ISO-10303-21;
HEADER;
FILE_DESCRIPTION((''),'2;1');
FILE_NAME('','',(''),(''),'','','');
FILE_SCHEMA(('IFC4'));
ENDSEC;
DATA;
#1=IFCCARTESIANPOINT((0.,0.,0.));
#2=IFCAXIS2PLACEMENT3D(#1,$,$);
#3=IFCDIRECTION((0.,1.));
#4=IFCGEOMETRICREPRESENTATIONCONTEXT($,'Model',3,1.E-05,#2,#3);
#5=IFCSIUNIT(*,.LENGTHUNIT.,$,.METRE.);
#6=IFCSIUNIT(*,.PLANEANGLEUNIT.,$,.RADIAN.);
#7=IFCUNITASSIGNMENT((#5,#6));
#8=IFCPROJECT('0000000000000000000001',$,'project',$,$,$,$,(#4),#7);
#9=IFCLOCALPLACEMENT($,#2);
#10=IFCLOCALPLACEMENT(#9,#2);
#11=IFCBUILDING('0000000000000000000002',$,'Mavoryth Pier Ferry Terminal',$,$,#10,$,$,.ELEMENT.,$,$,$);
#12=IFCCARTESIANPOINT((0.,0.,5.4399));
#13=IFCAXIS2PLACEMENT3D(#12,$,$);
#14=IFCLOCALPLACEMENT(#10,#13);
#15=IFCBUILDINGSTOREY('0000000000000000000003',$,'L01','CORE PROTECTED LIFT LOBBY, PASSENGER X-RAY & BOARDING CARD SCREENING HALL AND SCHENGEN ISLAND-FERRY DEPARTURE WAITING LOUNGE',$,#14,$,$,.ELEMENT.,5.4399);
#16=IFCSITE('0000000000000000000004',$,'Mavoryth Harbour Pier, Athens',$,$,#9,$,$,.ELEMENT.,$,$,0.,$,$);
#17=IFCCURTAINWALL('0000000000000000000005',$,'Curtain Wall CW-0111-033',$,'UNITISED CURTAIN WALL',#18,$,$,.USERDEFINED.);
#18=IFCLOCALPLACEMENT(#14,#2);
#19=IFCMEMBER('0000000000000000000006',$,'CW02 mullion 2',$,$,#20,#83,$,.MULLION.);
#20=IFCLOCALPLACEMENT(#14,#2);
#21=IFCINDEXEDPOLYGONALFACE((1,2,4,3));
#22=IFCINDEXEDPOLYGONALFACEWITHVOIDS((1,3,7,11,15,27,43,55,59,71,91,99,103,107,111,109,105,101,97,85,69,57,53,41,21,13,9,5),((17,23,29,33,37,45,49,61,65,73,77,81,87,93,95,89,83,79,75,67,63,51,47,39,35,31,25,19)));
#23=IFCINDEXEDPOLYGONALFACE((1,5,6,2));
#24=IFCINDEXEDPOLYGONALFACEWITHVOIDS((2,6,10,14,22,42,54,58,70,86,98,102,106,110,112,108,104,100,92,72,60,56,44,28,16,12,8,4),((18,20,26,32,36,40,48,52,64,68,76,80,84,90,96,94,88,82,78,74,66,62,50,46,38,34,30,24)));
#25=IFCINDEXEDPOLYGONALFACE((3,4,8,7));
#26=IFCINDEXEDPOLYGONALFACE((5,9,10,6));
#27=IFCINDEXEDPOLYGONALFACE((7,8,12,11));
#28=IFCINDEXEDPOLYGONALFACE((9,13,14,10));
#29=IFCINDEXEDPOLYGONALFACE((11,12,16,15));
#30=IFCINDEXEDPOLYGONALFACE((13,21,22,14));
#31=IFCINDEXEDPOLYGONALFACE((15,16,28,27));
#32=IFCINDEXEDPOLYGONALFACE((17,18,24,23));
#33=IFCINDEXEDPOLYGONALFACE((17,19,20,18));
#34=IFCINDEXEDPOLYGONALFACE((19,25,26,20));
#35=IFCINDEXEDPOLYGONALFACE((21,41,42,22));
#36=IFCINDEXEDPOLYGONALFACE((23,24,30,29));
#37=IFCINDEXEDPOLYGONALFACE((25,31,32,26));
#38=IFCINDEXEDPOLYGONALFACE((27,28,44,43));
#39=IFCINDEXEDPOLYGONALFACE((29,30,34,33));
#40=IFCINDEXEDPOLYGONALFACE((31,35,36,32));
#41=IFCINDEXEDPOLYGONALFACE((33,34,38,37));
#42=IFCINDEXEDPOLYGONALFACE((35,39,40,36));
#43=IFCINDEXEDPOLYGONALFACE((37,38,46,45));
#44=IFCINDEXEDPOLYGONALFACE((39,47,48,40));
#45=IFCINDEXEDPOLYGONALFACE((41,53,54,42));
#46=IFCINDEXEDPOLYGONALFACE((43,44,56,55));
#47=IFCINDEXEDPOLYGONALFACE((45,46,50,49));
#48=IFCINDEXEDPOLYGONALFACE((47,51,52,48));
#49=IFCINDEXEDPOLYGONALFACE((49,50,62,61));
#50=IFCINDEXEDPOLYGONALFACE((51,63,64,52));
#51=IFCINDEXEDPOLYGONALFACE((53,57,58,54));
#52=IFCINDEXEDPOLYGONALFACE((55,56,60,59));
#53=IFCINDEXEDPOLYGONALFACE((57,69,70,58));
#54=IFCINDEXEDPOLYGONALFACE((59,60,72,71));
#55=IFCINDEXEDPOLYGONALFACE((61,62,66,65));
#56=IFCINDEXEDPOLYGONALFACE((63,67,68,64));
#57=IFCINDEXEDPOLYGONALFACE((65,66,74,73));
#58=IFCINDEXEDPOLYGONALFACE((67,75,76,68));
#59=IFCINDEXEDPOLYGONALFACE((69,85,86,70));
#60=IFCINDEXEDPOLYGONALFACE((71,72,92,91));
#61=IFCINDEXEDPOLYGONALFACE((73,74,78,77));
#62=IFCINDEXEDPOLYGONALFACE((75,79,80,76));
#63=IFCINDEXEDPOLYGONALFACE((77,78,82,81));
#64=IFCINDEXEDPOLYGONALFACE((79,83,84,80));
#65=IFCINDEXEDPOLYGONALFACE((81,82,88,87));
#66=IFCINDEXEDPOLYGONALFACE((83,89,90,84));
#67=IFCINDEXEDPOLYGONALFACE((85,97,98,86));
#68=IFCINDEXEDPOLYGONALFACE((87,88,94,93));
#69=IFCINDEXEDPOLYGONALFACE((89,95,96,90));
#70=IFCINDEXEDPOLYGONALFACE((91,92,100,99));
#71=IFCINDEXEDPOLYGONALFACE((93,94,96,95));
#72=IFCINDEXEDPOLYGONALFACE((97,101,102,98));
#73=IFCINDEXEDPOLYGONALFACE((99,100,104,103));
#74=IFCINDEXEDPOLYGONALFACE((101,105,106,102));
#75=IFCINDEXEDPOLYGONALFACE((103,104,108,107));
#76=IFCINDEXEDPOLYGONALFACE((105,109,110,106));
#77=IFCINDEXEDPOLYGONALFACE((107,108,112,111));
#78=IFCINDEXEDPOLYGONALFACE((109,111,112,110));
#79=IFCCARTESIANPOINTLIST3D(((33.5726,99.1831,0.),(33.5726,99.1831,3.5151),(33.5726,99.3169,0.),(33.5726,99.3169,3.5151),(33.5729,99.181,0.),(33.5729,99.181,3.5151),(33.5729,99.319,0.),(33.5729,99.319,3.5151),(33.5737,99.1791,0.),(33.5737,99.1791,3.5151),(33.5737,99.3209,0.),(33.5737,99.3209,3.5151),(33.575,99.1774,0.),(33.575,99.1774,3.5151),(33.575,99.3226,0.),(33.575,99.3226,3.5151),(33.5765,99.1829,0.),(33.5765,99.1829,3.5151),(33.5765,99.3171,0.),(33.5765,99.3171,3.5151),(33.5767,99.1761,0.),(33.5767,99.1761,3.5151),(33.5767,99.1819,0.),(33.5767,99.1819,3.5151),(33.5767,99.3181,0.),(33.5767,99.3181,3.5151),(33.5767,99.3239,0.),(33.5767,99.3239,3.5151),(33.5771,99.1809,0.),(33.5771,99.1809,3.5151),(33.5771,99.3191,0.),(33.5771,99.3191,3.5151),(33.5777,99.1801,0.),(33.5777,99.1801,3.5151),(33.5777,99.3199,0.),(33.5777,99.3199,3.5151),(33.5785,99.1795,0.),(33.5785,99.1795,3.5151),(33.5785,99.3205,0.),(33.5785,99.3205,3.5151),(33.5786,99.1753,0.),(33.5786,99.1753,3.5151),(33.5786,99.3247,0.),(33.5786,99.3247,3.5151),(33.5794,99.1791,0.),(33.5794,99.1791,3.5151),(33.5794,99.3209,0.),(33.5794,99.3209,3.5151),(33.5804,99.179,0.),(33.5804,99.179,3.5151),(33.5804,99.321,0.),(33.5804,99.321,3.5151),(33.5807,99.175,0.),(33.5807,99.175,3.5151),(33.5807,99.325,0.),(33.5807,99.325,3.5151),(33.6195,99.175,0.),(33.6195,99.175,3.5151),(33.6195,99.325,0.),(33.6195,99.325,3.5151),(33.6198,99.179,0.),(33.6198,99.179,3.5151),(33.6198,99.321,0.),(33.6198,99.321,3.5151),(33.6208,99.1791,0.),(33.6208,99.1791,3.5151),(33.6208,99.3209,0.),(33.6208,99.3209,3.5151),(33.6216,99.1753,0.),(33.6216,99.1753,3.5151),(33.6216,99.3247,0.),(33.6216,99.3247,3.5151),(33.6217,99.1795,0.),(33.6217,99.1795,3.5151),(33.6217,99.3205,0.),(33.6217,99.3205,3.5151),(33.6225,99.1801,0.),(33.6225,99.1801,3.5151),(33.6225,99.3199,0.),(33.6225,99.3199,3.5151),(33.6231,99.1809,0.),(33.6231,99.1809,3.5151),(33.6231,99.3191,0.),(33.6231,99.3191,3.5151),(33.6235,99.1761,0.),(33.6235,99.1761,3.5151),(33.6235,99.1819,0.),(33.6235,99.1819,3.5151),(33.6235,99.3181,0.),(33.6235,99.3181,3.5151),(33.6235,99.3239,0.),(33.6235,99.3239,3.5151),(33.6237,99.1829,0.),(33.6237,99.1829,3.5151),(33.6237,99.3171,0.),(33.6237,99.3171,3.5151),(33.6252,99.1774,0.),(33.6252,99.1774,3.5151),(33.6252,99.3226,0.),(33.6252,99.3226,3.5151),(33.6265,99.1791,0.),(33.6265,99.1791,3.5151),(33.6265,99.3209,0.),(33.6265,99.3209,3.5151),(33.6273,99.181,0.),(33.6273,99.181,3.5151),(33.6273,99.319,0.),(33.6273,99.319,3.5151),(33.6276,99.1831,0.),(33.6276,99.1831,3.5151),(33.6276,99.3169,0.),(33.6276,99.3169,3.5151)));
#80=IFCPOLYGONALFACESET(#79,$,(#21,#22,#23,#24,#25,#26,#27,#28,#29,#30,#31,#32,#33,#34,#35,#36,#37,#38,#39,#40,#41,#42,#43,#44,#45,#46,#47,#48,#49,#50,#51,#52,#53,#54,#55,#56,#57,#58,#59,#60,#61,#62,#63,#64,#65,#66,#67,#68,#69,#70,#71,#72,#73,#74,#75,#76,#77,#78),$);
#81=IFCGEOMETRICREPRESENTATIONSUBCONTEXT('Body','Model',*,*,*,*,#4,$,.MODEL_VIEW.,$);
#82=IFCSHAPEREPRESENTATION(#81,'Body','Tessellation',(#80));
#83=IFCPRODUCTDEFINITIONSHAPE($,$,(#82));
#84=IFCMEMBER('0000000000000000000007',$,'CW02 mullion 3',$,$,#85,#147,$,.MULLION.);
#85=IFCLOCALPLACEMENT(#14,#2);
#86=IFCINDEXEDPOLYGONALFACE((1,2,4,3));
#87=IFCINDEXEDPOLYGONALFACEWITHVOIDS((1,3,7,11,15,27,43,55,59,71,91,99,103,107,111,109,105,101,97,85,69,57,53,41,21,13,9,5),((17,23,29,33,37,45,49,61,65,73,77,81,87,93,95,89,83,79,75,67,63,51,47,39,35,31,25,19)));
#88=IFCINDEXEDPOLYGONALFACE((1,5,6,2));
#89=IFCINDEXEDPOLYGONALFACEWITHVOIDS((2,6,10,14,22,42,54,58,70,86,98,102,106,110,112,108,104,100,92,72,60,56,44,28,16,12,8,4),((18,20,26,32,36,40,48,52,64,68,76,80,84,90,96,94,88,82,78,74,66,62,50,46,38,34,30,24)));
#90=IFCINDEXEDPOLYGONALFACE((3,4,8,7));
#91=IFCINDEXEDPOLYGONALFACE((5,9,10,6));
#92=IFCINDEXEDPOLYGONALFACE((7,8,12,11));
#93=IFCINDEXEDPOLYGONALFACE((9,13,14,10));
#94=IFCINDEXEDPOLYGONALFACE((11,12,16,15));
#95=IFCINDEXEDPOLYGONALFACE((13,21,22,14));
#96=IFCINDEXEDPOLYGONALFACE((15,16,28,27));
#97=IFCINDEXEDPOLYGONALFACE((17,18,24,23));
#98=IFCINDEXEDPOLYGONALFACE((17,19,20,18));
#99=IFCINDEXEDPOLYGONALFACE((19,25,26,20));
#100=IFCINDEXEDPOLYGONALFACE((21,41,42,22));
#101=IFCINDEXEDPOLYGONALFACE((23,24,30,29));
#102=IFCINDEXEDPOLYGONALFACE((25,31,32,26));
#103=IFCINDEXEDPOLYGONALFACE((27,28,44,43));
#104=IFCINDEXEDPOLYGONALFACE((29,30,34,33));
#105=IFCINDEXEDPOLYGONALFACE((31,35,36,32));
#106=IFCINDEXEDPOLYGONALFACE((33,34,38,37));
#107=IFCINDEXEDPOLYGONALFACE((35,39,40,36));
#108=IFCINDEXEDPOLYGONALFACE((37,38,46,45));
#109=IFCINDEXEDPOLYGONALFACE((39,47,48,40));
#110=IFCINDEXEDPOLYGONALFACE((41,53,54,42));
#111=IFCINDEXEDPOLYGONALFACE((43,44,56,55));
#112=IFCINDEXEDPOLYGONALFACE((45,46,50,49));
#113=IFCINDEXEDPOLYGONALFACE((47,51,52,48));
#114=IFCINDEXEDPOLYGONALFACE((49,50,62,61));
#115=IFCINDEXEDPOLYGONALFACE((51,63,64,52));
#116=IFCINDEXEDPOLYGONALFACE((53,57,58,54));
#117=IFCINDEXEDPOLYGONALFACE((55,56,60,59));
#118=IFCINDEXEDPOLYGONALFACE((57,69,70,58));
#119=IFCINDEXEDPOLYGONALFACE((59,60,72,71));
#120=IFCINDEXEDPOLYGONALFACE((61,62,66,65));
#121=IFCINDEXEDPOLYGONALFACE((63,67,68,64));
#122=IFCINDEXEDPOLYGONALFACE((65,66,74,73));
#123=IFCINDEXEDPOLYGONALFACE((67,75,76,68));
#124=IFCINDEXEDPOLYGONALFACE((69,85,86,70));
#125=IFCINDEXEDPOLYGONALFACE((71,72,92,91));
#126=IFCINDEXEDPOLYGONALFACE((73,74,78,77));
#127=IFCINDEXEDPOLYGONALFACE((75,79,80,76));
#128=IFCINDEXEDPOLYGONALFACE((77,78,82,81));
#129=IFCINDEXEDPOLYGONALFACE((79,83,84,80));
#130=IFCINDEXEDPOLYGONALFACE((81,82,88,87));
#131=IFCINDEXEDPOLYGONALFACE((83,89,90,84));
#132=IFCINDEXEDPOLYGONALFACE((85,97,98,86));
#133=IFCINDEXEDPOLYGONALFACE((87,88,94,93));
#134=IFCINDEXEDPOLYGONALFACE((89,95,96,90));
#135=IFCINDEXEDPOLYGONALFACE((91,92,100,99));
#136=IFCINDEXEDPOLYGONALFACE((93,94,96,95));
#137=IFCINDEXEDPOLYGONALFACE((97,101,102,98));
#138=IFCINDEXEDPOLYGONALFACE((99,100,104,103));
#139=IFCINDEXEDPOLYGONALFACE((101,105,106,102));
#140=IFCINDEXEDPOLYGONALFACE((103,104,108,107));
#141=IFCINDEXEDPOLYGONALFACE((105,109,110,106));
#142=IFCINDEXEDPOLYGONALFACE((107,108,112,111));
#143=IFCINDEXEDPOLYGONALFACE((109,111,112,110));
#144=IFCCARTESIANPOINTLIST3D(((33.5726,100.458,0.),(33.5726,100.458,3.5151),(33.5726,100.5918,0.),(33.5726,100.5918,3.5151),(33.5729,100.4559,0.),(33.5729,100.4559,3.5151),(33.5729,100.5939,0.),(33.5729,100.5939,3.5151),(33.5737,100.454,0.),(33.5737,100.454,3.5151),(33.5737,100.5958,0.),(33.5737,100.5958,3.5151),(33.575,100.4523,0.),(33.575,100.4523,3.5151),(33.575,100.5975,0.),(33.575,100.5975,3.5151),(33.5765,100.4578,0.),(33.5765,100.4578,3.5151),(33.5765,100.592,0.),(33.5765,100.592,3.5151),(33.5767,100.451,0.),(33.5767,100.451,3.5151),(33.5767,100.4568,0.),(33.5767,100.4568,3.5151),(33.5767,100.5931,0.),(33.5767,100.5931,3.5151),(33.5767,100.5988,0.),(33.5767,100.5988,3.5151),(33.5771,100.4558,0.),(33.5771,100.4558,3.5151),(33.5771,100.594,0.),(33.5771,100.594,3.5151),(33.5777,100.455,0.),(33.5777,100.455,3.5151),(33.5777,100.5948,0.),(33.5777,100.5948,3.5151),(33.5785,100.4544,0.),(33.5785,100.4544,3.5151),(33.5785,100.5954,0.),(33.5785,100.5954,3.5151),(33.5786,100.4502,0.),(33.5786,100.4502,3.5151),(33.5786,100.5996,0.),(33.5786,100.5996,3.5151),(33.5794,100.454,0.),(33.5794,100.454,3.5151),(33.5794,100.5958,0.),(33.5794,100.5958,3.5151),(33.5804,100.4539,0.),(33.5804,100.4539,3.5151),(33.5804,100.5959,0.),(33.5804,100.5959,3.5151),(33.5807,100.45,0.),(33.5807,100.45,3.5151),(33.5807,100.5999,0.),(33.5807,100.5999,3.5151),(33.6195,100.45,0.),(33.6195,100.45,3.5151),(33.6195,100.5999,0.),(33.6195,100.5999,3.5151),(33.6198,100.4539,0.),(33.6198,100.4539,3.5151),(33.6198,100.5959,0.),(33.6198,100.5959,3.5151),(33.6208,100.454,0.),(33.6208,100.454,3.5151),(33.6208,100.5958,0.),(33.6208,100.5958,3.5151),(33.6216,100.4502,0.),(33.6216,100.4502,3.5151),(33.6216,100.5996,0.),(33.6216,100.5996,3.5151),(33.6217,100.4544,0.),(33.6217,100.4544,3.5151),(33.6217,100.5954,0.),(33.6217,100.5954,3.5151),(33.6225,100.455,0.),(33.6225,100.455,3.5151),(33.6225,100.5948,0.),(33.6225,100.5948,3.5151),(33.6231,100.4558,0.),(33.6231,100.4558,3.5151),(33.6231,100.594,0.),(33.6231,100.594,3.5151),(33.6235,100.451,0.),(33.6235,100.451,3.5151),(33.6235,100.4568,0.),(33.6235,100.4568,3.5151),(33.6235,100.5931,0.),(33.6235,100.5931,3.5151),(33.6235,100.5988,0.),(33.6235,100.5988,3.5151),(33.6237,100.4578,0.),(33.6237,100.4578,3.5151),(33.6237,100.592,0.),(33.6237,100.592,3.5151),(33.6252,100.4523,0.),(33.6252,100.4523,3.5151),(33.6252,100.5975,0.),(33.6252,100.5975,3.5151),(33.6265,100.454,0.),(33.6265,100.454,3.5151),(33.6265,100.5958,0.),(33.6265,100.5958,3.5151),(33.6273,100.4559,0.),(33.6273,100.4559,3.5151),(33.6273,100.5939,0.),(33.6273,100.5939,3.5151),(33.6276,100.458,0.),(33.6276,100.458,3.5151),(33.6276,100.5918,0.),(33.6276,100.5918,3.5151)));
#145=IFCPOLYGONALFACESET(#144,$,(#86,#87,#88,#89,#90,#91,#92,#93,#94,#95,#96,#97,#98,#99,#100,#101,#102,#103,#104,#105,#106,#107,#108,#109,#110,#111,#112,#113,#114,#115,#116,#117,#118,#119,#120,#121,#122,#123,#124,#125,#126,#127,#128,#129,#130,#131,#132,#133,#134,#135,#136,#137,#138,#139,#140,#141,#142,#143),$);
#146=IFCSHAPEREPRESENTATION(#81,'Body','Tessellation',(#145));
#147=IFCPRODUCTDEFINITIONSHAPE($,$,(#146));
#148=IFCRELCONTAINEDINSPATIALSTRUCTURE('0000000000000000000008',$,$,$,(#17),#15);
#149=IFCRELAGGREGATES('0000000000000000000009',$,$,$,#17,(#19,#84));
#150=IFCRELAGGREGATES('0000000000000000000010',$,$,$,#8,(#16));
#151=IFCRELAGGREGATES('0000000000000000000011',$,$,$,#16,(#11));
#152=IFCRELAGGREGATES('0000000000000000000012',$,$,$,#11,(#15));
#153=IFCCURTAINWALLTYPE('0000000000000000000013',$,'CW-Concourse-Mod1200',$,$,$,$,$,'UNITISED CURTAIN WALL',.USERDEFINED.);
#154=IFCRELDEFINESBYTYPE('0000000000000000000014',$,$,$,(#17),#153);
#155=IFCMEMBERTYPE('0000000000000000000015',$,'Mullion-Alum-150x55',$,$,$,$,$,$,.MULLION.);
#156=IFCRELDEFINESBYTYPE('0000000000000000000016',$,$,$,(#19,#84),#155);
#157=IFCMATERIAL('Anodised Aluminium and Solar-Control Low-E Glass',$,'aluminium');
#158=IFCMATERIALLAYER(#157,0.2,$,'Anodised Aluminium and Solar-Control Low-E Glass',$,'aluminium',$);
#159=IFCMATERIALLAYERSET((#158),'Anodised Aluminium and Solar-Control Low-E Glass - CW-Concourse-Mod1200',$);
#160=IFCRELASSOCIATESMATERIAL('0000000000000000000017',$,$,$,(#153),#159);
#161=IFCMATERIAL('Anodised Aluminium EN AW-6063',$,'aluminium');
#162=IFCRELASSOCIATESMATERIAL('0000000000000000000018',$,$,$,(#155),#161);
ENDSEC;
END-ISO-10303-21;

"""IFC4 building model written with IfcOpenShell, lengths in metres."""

from ifc_helpers import new_model, si_unit, direction, frame, origin, origin_2d, place, context, subcontext, project, spatial, hollow_rectangle, extrude, material, layer, layer_set, material_profile, profile_set, type_object, element, aggregate, save


model = new_model("IFC4")

# Units and contexts
model_context = context("Model", 3, precision=1e-05, world=origin(), true_north=direction((0.0, 1.0)))
body_context = subcontext(model_context, "Body", "Model", "MODEL_VIEW")
ifc_project = project(units=[si_unit("LENGTHUNIT", "METRE"), si_unit("PLANEANGLEUNIT", "RADIAN")], contexts=[model_context])

# Site, building, storey
site_placement = place(None, origin())
site = spatial("IfcSite", under=ifc_project, at=site_placement, Name="Mavoryth Harbour Pier, Athens", CompositionType="ELEMENT", RefElevation=0.0)
building_placement = place(site_placement, origin())
building = spatial("IfcBuilding", under=site, at=building_placement, Name="Mavoryth Pier Ferry Terminal", CompositionType="ELEMENT")
storey_placement = place(building_placement, frame((0.0, 0.0, 5.4399)))
storey = spatial("IfcBuildingStorey", under=building, at=storey_placement, Name="L01", Description="CORE PROTECTED LIFT LOBBY, PASSENGER X-RAY & BOARDING CARD SCREENING HALL AND SCHENGEN ISLAND-FERRY DEPARTURE WAITING LOUNGE", CompositionType="ELEMENT", Elevation=5.4399)

# Curtain wall, members
ifc_material_1 = material(Name="Anodised Aluminium and Solar-Control Low-E Glass", Category="aluminium")
ifc_layer_1 = layer(ifc_material_1, 0.2, Name="Anodised Aluminium and Solar-Control Low-E Glass", Category="aluminium")
ifc_layer_set_1 = layer_set([ifc_layer_1], Name="Anodised Aluminium and Solar-Control Low-E Glass - CW-Concourse-Mod1200")
curtain_wall_type_1 = type_object("IfcCurtainWallType", Name="CW-Concourse-Mod1200", ElementType="UNITISED CURTAIN WALL", PredefinedType="USERDEFINED", material=ifc_layer_set_1)
curtain_wall_1_placement = place(storey_placement, origin())
curtain_wall_1 = element("IfcCurtainWall", 1, at=curtain_wall_1_placement, inside=storey, type_object=curtain_wall_type_1, Name="Curtain Wall CW-0111-033", ObjectType="UNITISED CURTAIN WALL", PredefinedType="USERDEFINED")
ifc_material_2 = material(Name="Anodised Aluminium EN AW-6063", Category="aluminium")
ifc_material_profile_1 = material_profile(ifc_material_2, hollow_rectangle(XDim=0.0549, YDim=0.1499, WallThickness=0.0039, InnerFilletRadius=0.0039, OuterFilletRadius=0.0081, at=origin_2d()), Name="AL-MULL 150x55x4", Category="aluminium")
ifc_profile_set_1 = profile_set([ifc_material_profile_1], Name="Anodised Aluminium EN AW-6063 - AL-MULL 150x55x4")
member_type_1 = type_object("IfcMemberType", Name="Mullion-Alum-150x55", PredefinedType="MULLION", material=ifc_profile_set_1)
member_1_placement = place(storey_placement, frame((33.6001, 99.25, 0.0), z_axis=(0.0, 0.0, 1.0), x_axis=(-1.0, 0.0, 0.0)))
member_1 = element("IfcMember", 2, at=member_1_placement, type_object=member_type_1, Name="CW02 mullion 2", PredefinedType="MULLION", context=body_context, shape_type="SweptSolid", body=[
    extrude(hollow_rectangle(XDim=0.0549, YDim=0.1499, WallThickness=0.0039, InnerFilletRadius=0.0039, OuterFilletRadius=0.0081, at=origin_2d()), origin(), (0.0, 0.0, 1.0), 3.5151),
])
member_2_placement = place(storey_placement, frame((33.6001, 100.5249, 0.0), z_axis=(0.0, 0.0, 1.0), x_axis=(-1.0, 0.0, 0.0)))
member_2 = element("IfcMember", 3, at=member_2_placement, type_object=member_type_1, Name="CW02 mullion 3", PredefinedType="MULLION", context=body_context, shape_type="SweptSolid", body=[
    extrude(hollow_rectangle(XDim=0.0549, YDim=0.1499, WallThickness=0.0039, InnerFilletRadius=0.0039, OuterFilletRadius=0.0081, at=origin_2d()), origin(), (0.0, 0.0, 1.0), 3.5151),
])

aggregate(curtain_wall_1, [member_1, member_2])

save(model, "model.ifc")
